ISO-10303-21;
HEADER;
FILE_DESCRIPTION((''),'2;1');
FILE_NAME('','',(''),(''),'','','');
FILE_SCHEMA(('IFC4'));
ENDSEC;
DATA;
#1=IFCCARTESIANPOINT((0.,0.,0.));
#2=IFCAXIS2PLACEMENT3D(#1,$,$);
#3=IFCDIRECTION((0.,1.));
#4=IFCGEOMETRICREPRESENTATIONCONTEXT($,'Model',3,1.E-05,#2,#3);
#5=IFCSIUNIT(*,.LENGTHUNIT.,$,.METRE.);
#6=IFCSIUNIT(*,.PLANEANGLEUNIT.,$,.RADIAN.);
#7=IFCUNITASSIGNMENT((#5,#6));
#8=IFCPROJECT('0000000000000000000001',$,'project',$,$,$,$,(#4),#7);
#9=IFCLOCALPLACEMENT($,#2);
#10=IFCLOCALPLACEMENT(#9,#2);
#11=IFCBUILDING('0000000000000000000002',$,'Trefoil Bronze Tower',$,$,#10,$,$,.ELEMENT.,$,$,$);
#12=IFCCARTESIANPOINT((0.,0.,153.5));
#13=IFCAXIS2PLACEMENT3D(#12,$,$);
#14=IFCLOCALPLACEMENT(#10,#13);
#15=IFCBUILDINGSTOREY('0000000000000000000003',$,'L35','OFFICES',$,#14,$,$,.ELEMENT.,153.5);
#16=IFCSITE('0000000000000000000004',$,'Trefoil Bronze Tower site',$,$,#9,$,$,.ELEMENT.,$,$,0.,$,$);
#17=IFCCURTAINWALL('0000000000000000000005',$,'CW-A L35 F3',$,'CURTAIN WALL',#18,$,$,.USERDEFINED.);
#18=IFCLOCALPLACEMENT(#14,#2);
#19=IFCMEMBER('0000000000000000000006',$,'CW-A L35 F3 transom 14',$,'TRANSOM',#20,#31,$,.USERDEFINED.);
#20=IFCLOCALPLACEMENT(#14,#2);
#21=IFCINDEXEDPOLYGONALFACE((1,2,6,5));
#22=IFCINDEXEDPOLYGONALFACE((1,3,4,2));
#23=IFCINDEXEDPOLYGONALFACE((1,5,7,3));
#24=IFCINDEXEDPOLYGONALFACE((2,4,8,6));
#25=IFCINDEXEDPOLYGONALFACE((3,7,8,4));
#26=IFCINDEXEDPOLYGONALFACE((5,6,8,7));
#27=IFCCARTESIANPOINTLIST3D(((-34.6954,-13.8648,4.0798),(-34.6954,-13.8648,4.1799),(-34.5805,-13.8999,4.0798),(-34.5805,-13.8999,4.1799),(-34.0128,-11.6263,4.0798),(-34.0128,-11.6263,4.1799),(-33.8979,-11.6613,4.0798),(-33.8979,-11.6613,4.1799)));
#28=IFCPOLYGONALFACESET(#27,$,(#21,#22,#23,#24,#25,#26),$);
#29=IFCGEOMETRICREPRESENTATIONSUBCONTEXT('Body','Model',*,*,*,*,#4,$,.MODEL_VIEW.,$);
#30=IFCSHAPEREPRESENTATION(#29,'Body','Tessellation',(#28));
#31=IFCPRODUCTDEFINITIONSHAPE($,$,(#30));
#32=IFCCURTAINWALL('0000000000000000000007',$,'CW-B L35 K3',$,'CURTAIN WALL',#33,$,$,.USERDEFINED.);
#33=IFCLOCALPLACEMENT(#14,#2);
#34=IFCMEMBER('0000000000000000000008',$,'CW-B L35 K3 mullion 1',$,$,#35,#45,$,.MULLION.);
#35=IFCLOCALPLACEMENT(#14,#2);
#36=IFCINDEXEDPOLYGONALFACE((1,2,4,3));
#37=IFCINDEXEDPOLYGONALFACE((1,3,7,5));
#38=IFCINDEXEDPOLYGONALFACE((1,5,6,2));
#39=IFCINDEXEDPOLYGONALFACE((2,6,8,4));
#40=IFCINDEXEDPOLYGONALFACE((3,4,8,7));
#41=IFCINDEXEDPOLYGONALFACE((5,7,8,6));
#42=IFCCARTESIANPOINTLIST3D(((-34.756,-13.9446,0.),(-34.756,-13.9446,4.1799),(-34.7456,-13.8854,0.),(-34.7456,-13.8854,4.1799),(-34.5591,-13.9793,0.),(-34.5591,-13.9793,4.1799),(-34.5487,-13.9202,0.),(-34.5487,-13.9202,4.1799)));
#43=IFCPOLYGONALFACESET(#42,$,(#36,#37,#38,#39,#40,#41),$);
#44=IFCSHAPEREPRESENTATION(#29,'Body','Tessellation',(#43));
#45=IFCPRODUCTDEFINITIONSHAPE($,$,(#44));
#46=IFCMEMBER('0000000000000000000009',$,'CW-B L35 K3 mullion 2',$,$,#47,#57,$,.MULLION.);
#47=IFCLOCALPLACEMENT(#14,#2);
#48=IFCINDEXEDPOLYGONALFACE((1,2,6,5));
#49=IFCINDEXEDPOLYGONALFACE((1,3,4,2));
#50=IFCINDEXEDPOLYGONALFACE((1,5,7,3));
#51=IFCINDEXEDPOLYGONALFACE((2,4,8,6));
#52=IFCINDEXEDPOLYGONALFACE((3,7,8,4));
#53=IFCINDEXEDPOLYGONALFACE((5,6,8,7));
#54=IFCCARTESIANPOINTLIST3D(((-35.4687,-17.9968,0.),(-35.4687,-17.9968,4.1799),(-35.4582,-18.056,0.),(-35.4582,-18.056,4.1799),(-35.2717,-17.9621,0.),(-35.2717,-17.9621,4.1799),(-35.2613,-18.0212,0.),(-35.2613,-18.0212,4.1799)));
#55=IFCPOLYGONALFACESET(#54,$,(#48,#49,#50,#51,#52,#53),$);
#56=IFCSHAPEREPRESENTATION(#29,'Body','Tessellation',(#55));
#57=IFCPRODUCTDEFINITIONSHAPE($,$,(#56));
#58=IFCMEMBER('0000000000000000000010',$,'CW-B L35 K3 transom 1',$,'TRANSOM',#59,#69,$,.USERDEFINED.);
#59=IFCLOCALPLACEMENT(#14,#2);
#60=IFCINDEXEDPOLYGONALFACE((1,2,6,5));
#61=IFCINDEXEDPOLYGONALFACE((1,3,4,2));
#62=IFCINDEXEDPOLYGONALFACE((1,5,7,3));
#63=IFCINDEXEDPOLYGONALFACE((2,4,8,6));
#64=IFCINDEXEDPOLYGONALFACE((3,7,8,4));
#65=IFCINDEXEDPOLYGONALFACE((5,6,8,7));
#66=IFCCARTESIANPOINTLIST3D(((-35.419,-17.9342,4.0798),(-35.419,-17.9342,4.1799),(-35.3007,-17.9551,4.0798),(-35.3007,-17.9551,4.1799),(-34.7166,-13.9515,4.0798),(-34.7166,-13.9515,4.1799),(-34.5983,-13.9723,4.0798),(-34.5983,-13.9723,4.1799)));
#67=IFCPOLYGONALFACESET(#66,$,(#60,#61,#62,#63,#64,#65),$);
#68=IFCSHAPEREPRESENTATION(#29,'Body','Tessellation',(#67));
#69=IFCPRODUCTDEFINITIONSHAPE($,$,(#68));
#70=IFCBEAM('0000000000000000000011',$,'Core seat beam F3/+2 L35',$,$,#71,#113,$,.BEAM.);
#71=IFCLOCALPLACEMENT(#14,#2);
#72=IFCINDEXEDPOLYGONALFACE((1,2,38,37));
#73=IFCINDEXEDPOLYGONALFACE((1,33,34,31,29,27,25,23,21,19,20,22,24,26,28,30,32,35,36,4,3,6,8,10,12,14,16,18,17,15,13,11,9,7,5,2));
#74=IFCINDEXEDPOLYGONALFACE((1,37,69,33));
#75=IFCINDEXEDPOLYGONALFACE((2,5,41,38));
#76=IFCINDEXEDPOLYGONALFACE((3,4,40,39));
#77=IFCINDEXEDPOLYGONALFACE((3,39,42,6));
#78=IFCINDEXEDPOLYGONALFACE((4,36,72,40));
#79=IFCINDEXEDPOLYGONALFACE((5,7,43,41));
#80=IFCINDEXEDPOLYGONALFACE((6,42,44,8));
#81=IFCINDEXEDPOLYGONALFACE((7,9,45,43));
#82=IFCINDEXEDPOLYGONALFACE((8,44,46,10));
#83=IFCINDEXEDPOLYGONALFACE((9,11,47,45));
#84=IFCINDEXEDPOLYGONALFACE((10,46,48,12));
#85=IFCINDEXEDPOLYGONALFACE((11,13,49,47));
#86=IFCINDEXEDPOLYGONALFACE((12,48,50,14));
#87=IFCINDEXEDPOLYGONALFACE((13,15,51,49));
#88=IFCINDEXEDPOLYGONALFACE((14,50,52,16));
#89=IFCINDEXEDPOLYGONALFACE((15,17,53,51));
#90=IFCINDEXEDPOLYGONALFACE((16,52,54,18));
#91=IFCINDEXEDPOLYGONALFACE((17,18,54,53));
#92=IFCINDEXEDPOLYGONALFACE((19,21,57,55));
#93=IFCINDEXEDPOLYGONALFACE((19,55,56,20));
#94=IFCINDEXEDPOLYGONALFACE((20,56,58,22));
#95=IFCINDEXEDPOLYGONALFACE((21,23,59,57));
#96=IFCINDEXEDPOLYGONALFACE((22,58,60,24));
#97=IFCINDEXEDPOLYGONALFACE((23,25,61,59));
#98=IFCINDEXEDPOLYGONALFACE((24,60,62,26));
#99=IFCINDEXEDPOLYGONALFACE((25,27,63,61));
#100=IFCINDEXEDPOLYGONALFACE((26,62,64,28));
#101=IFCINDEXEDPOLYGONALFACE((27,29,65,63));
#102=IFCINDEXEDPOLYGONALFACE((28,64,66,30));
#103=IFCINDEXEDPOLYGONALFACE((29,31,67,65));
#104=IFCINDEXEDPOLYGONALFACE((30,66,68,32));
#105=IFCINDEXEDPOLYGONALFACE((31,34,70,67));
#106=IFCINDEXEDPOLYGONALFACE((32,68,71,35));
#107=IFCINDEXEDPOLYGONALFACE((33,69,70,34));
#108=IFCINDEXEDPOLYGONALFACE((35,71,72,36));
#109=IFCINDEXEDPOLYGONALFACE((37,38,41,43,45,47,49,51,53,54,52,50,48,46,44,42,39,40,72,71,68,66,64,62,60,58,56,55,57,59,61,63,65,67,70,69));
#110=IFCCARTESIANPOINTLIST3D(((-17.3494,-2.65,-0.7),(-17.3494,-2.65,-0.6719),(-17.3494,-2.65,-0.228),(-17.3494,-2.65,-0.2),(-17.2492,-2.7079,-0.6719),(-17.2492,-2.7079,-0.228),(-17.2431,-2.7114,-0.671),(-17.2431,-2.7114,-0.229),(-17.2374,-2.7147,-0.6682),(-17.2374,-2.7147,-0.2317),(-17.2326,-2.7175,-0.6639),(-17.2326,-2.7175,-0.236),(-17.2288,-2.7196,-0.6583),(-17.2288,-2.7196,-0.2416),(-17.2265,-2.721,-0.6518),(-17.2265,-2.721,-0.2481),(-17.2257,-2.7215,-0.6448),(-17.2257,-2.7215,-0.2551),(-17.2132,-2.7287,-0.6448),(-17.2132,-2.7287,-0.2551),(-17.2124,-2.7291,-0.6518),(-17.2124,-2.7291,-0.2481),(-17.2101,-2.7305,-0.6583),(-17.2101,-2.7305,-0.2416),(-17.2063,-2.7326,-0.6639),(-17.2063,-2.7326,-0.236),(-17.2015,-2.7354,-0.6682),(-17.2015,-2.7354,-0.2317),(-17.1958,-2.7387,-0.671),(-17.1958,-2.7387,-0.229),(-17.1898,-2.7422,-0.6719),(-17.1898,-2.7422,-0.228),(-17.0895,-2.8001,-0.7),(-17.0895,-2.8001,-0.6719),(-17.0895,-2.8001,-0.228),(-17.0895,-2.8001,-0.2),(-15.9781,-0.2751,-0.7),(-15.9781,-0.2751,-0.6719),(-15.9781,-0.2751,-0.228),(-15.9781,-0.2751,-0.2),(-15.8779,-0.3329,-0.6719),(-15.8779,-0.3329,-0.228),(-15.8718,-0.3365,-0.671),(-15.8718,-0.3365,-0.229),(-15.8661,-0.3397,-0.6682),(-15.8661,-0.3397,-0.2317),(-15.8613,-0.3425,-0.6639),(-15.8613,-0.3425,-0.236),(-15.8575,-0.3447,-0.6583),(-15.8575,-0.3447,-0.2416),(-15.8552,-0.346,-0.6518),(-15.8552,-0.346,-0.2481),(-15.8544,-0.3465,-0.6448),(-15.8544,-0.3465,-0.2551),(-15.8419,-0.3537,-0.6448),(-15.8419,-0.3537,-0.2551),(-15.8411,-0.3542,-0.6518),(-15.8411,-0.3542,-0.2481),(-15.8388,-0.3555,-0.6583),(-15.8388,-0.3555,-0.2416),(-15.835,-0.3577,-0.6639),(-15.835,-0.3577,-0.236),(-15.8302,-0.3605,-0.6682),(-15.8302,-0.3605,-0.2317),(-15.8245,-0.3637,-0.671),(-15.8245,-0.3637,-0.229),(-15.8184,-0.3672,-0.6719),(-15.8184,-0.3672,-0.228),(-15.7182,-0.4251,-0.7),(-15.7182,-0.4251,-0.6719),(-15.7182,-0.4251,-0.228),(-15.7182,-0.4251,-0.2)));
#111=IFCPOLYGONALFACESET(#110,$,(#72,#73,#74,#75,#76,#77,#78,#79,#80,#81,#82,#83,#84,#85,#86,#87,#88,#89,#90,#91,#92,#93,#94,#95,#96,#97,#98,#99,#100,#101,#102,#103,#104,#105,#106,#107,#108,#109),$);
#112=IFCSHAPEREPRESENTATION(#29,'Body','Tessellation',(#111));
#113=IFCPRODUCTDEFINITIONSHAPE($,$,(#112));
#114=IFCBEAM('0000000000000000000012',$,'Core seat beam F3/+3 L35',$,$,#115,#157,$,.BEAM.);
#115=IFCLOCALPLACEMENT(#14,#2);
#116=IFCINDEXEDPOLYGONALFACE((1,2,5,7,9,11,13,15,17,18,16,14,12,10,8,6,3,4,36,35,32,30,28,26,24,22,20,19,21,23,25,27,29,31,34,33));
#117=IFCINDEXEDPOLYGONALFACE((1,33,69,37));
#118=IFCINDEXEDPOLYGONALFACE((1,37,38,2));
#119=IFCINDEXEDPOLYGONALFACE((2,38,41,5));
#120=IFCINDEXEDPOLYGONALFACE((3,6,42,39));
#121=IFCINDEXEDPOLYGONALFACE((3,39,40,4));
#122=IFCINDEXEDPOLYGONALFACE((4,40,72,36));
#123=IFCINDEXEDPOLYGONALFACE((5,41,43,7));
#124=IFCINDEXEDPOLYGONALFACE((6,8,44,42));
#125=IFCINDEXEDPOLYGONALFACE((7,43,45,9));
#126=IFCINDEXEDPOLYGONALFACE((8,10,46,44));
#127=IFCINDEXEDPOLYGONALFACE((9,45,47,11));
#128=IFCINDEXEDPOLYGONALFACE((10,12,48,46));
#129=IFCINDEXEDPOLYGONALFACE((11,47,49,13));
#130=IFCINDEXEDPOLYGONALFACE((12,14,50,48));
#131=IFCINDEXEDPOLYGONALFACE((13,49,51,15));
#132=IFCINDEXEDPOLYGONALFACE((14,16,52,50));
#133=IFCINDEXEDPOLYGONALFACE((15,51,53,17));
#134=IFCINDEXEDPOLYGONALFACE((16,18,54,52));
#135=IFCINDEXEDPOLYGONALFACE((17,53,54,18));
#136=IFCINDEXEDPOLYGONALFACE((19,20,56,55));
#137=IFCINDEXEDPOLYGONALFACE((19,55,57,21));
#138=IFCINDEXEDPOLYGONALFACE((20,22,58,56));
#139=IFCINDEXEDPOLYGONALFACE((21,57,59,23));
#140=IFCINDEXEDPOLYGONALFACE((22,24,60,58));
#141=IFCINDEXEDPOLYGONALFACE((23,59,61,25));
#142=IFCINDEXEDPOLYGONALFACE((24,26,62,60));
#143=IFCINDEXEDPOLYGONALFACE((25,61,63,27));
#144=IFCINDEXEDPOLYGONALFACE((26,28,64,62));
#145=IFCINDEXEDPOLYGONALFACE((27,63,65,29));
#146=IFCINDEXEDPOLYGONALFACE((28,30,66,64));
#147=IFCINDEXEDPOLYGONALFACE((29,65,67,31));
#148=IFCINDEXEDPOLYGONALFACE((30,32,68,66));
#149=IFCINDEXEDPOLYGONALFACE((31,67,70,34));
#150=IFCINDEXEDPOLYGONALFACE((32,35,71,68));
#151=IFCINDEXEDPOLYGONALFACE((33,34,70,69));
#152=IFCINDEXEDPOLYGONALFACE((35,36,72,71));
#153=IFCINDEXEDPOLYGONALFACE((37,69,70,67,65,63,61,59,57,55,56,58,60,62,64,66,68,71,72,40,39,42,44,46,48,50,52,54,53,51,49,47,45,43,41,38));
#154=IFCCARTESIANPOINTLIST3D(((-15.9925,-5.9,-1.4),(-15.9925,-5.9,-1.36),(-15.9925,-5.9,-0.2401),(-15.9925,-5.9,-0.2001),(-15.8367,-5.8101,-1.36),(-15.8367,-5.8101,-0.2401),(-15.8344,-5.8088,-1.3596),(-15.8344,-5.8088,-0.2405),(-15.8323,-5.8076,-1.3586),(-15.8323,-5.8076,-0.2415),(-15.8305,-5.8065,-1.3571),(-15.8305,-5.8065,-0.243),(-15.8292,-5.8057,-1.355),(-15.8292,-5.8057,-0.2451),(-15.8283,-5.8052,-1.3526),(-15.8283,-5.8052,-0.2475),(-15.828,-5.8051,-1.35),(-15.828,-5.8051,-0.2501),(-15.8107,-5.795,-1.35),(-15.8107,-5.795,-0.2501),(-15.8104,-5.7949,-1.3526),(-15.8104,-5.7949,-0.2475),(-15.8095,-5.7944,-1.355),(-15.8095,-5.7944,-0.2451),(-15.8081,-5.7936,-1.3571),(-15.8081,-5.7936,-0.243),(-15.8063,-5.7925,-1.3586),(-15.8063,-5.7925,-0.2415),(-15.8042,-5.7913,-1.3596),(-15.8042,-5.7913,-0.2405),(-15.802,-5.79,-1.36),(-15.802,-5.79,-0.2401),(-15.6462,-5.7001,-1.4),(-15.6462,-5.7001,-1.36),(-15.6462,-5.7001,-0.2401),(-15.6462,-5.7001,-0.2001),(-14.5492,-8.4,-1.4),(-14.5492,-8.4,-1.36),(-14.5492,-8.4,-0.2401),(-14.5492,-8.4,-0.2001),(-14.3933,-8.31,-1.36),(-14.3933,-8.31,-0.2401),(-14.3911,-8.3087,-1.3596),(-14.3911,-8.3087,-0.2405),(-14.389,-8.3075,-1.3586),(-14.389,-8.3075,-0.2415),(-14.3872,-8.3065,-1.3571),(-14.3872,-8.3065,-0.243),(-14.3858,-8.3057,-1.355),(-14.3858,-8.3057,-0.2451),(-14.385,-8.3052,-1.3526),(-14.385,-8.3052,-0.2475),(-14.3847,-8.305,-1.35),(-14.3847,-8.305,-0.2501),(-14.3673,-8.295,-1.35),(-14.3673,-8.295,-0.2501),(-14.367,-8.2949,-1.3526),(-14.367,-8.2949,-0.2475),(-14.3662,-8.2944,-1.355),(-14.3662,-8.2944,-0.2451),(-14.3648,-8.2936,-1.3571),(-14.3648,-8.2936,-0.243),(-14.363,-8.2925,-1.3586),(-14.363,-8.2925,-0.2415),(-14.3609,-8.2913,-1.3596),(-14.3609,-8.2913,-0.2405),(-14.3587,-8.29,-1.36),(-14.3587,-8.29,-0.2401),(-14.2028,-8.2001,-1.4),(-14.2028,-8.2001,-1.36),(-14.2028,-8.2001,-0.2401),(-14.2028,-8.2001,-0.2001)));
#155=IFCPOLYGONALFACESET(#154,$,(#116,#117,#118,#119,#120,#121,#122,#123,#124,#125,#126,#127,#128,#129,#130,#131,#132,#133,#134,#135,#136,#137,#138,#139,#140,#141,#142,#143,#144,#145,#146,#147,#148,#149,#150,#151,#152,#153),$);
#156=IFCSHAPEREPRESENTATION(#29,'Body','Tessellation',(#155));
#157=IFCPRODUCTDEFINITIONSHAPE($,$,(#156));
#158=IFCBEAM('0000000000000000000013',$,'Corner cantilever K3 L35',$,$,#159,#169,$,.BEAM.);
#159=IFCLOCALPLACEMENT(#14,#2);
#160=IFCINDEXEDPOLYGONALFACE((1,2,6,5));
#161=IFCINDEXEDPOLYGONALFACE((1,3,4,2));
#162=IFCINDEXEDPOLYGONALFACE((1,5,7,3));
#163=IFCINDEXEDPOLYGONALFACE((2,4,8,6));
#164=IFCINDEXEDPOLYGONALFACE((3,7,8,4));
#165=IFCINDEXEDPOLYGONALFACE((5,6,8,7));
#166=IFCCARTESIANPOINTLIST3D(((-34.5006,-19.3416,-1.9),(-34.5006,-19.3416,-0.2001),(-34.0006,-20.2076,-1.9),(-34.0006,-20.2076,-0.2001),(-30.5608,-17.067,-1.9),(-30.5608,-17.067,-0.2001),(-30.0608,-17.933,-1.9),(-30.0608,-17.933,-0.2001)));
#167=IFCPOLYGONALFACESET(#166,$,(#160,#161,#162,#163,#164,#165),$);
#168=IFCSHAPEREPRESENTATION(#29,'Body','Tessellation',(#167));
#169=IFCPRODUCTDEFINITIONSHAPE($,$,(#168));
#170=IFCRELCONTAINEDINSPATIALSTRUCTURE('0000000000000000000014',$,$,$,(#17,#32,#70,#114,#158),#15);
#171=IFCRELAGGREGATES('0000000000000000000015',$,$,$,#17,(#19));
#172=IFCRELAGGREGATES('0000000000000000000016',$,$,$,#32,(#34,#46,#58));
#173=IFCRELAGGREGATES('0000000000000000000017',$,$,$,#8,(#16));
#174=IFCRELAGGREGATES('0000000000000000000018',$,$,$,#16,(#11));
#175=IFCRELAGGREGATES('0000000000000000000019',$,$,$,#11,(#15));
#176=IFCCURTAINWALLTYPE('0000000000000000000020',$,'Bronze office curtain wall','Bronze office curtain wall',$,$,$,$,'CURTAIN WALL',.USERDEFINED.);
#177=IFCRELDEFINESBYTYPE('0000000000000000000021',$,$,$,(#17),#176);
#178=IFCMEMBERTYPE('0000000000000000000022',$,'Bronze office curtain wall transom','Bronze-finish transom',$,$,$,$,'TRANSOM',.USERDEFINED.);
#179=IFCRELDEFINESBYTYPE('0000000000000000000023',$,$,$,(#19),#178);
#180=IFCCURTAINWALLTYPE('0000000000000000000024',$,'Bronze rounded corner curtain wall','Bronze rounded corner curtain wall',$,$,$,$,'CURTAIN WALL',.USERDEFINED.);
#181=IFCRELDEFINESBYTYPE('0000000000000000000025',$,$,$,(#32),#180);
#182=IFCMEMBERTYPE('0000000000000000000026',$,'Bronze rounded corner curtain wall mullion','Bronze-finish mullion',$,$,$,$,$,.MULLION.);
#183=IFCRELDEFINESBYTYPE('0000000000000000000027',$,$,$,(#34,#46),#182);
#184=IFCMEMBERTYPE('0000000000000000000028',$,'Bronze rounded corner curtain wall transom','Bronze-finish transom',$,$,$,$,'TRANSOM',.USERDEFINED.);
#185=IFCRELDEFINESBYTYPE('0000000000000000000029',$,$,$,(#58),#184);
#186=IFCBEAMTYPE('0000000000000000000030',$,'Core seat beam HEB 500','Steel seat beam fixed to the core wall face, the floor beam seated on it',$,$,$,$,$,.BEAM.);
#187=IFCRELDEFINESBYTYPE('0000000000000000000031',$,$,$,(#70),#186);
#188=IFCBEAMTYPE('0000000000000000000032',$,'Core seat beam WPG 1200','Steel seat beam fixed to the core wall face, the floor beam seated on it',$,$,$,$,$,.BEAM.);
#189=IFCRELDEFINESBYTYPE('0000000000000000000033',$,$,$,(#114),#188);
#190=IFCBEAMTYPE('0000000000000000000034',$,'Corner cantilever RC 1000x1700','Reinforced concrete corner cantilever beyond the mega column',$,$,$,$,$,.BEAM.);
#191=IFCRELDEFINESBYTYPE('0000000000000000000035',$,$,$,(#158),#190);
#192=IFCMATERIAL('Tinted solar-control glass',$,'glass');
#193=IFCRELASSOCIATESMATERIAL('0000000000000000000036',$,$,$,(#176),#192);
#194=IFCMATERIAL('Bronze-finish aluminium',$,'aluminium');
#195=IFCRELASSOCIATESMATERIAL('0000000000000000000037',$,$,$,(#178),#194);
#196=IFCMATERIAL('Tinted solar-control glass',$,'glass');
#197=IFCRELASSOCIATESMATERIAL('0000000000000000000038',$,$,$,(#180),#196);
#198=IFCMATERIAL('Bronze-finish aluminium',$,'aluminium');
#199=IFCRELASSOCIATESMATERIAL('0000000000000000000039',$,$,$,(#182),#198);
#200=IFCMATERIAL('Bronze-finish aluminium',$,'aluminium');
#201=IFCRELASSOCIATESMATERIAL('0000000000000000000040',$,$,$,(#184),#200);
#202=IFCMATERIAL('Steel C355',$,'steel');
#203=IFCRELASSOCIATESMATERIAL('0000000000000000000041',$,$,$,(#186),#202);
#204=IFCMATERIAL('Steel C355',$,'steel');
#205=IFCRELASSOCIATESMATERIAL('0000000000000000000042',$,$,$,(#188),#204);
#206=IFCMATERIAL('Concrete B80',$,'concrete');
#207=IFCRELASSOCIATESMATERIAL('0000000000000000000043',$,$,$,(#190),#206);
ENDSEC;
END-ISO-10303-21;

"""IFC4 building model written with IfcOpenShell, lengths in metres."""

from ifc_helpers import new_model, si_unit, direction, frame, origin, origin_2d, place, context, subcontext, project, spatial, rectangle, i_section, extrude, material, material_profile, profile_set, type_object, element, aggregate, save


model = new_model("IFC4")

# Units and contexts
model_context = context("Model", 3, precision=1e-05, world=origin(), true_north=direction((0.0, 1.0)))
body_context = subcontext(model_context, "Body", "Model", "MODEL_VIEW")
ifc_project = project(units=[si_unit("LENGTHUNIT", "METRE"), si_unit("PLANEANGLEUNIT", "RADIAN")], contexts=[model_context])

# Site, building, storey
site_placement = place(None, origin())
site = spatial("IfcSite", under=ifc_project, at=site_placement, Name="Trefoil Bronze Tower site", CompositionType="ELEMENT", RefElevation=0.0)
building_placement = place(site_placement, origin())
building = spatial("IfcBuilding", under=site, at=building_placement, Name="Trefoil Bronze Tower", CompositionType="ELEMENT")
storey_placement = place(building_placement, frame((0.0, 0.0, 153.5)))
storey = spatial("IfcBuildingStorey", under=building, at=storey_placement, Name="L35", Description="OFFICES", CompositionType="ELEMENT", Elevation=153.5)

# Curtain walls, members
ifc_material_1 = material(Name="Tinted solar-control glass", Category="glass")
curtain_wall_type_1 = type_object("IfcCurtainWallType", Name="Bronze office curtain wall", Description="Bronze office curtain wall", ElementType="CURTAIN WALL", PredefinedType="USERDEFINED", material=ifc_material_1)
curtain_wall_1_placement = place(storey_placement, origin())
curtain_wall_1 = element("IfcCurtainWall", 1, at=curtain_wall_1_placement, inside=storey, type_object=curtain_wall_type_1, Name="CW-A L35 F3", ObjectType="CURTAIN WALL", PredefinedType="USERDEFINED")
ifc_material_2 = material(Name="Bronze-finish aluminium", Category="aluminium")
ifc_material_profile_1 = material_profile(ifc_material_2, rectangle(XDim=0.1201, YDim=0.1001, at=origin_2d()), Name="CW-A transom")
ifc_profile_set_1 = profile_set([ifc_material_profile_1], Name="Bronze-finish aluminium")
member_type_1 = type_object("IfcMemberType", Name="Bronze office curtain wall transom", Description="Bronze-finish transom", ElementType="TRANSOM", PredefinedType="USERDEFINED", material=ifc_profile_set_1)
member_1_placement = place(storey_placement, frame((-33.9553, -11.6438, 4.1299), z_axis=(-0.29168, -0.956516, 0.0), x_axis=(0.956516, -0.29168, 0.0)))
member_1 = element("IfcMember", 2, at=member_1_placement, type_object=member_type_1, Name="CW-A L35 F3 transom 14", ObjectType="TRANSOM", PredefinedType="USERDEFINED", context=body_context, shape_type="SweptSolid", body=[
    extrude(rectangle(XDim=0.1201, YDim=0.1001, at=origin_2d()), origin(), (0.0, 0.0, 1.0), 2.3403),
])
ifc_material_3 = material(Name="Tinted solar-control glass", Category="glass")
curtain_wall_type_2 = type_object("IfcCurtainWallType", Name="Bronze rounded corner curtain wall", Description="Bronze rounded corner curtain wall", ElementType="CURTAIN WALL", PredefinedType="USERDEFINED", material=ifc_material_3)
curtain_wall_2_placement = place(storey_placement, origin())
curtain_wall_2 = element("IfcCurtainWall", 3, at=curtain_wall_2_placement, inside=storey, type_object=curtain_wall_type_2, Name="CW-B L35 K3", ObjectType="CURTAIN WALL", PredefinedType="USERDEFINED")
ifc_material_4 = material(Name="Bronze-finish aluminium", Category="aluminium")
ifc_material_profile_2 = material_profile(ifc_material_4, rectangle(XDim=0.2, YDim=0.0601, at=origin_2d()), Name="CW-B mullion")
ifc_profile_set_2 = profile_set([ifc_material_profile_2], Name="Bronze-finish aluminium")
member_type_2 = type_object("IfcMemberType", Name="Bronze rounded corner curtain wall mullion", Description="Bronze-finish mullion", PredefinedType="MULLION", material=ifc_profile_set_2)
member_2_placement = place(storey_placement, frame((-34.6523, -13.9324, 0.0), z_axis=(0.0, 0.0, 1.0), x_axis=(0.984808, -0.173648, 0.0)))
member_2 = element("IfcMember", 4, at=member_2_placement, type_object=member_type_2, Name="CW-B L35 K3 mullion 1", PredefinedType="MULLION", context=body_context, shape_type="SweptSolid", body=[
    extrude(rectangle(XDim=0.2, YDim=0.0601, at=origin_2d()), origin(), (0.0, 0.0, 1.0), 4.1799),
])
member_3_placement = place(storey_placement, frame((-35.365, -18.009, 0.0), z_axis=(0.0, 0.0, 1.0), x_axis=(0.984808, 0.173648, 0.0)))
member_3 = element("IfcMember", 5, at=member_3_placement, type_object=member_type_2, Name="CW-B L35 K3 mullion 2", PredefinedType="MULLION", context=body_context, shape_type="SweptSolid", body=[
    extrude(rectangle(XDim=0.2, YDim=0.0601, at=origin_2d()), origin(), (0.0, 0.0, 1.0), 4.1799),
])
ifc_material_5 = material(Name="Bronze-finish aluminium", Category="aluminium")
ifc_material_profile_3 = material_profile(ifc_material_5, rectangle(XDim=0.1201, YDim=0.1001, at=origin_2d()), Name="CW-B transom")
ifc_profile_set_3 = profile_set([ifc_material_profile_3], Name="Bronze-finish aluminium")
member_type_3 = type_object("IfcMemberType", Name="Bronze rounded corner curtain wall transom", Description="Bronze-finish transom", ElementType="TRANSOM", PredefinedType="USERDEFINED", material=ifc_profile_set_3)
member_4_placement = place(storey_placement, frame((-34.6575, -13.9619, 4.1299), z_axis=(-0.173682, -0.984802, 0.0), x_axis=(0.984802, -0.173682, 0.0)))
member_4 = element("IfcMember", 6, at=member_4_placement, type_object=member_type_3, Name="CW-B L35 K3 transom 1", ObjectType="TRANSOM", PredefinedType="USERDEFINED", context=body_context, shape_type="SweptSolid", body=[
    extrude(rectangle(XDim=0.1201, YDim=0.1001, at=origin_2d()), origin(), (0.0, 0.0, 1.0), 4.0442),
])

# Beams
ifc_material_6 = material(Name="Steel C355", Category="steel")
ifc_material_profile_4 = material_profile(ifc_material_6, i_section(OverallWidth=0.3, OverallDepth=0.5, WebThickness=0.0144, FlangeThickness=0.0281, FilletRadius=0.0271, at=origin_2d()), Name="HEB 500")
ifc_profile_set_4 = profile_set([ifc_material_profile_4], Name="Steel C355")
beam_type_1 = type_object("IfcBeamType", Name="Core seat beam HEB 500", Description="Steel seat beam fixed to the core wall face, the floor beam seated on it", PredefinedType="BEAM", material=ifc_profile_set_4)
beam_1_placement = place(storey_placement, frame((-15.8481, -0.3501, -0.45), z_axis=(-0.500036, -0.866005, 0.0), x_axis=(0.866005, -0.500036, 0.0)))
element("IfcBeam", 7, at=beam_1_placement, inside=storey, type_object=beam_type_1, Name="Core seat beam F3/+2 L35", PredefinedType="BEAM", context=body_context, shape_type="SweptSolid", body=[
    extrude(i_section(OverallWidth=0.3, OverallDepth=0.5, WebThickness=0.0144, FlangeThickness=0.0281, FilletRadius=0.0271, at=origin_2d()), origin(), (0.0, 0.0, 1.0), 2.7424),
])
ifc_material_7 = material(Name="Steel C355", Category="steel")
ifc_material_profile_5 = material_profile(ifc_material_7, i_section(OverallWidth=0.3999, OverallDepth=1.2, WebThickness=0.02, FlangeThickness=0.04, FilletRadius=0.01, at=origin_2d()), Name="WPG 1200")
ifc_profile_set_5 = profile_set([ifc_material_profile_5], Name="Steel C355")
beam_type_2 = type_object("IfcBeamType", Name="Core seat beam WPG 1200", Description="Steel seat beam fixed to the core wall face, the floor beam seated on it", PredefinedType="BEAM", material=ifc_profile_set_5)
beam_2_placement = place(storey_placement, frame((-15.8193, -5.8, -0.8), z_axis=(0.499996, -0.866028, 0.0), x_axis=(0.866028, 0.499996, 0.0)))
element("IfcBeam", 8, at=beam_2_placement, inside=storey, type_object=beam_type_2, Name="Core seat beam F3/+3 L35", PredefinedType="BEAM", context=body_context, shape_type="SweptSolid", body=[
    extrude(i_section(OverallWidth=0.3999, OverallDepth=1.2, WebThickness=0.02, FlangeThickness=0.04, FilletRadius=0.01, at=origin_2d()), origin(), (0.0, 0.0, 1.0), 2.8867),
])
ifc_material_8 = material(Name="Concrete B80", Category="concrete")
ifc_material_profile_6 = material_profile(ifc_material_8, rectangle(XDim=1.0, YDim=1.7, at=origin_2d()), Name="RC 1000x1700")
ifc_profile_set_6 = profile_set([ifc_material_profile_6], Name="Concrete B80")
beam_type_3 = type_object("IfcBeamType", Name="Corner cantilever RC 1000x1700", Description="Reinforced concrete corner cantilever beyond the mega column", PredefinedType="BEAM", material=ifc_profile_set_6)
beam_3_placement = place(storey_placement, frame((-30.3108, -17.5, -1.05), z_axis=(-0.866032, -0.499989, 0.0), x_axis=(0.499989, -0.866032, 0.0)))
element("IfcBeam", 9, at=beam_3_placement, inside=storey, type_object=beam_type_3, Name="Corner cantilever K3 L35", PredefinedType="BEAM", context=body_context, shape_type="SweptSolid", body=[
    extrude(rectangle(XDim=1.0, YDim=1.7, at=origin_2d()), origin(), (0.0, 0.0, 1.0), 4.5493),
])

aggregate(curtain_wall_1, [member_1])
aggregate(curtain_wall_2, [member_2, member_3, member_4])

save(model, "model.ifc")
